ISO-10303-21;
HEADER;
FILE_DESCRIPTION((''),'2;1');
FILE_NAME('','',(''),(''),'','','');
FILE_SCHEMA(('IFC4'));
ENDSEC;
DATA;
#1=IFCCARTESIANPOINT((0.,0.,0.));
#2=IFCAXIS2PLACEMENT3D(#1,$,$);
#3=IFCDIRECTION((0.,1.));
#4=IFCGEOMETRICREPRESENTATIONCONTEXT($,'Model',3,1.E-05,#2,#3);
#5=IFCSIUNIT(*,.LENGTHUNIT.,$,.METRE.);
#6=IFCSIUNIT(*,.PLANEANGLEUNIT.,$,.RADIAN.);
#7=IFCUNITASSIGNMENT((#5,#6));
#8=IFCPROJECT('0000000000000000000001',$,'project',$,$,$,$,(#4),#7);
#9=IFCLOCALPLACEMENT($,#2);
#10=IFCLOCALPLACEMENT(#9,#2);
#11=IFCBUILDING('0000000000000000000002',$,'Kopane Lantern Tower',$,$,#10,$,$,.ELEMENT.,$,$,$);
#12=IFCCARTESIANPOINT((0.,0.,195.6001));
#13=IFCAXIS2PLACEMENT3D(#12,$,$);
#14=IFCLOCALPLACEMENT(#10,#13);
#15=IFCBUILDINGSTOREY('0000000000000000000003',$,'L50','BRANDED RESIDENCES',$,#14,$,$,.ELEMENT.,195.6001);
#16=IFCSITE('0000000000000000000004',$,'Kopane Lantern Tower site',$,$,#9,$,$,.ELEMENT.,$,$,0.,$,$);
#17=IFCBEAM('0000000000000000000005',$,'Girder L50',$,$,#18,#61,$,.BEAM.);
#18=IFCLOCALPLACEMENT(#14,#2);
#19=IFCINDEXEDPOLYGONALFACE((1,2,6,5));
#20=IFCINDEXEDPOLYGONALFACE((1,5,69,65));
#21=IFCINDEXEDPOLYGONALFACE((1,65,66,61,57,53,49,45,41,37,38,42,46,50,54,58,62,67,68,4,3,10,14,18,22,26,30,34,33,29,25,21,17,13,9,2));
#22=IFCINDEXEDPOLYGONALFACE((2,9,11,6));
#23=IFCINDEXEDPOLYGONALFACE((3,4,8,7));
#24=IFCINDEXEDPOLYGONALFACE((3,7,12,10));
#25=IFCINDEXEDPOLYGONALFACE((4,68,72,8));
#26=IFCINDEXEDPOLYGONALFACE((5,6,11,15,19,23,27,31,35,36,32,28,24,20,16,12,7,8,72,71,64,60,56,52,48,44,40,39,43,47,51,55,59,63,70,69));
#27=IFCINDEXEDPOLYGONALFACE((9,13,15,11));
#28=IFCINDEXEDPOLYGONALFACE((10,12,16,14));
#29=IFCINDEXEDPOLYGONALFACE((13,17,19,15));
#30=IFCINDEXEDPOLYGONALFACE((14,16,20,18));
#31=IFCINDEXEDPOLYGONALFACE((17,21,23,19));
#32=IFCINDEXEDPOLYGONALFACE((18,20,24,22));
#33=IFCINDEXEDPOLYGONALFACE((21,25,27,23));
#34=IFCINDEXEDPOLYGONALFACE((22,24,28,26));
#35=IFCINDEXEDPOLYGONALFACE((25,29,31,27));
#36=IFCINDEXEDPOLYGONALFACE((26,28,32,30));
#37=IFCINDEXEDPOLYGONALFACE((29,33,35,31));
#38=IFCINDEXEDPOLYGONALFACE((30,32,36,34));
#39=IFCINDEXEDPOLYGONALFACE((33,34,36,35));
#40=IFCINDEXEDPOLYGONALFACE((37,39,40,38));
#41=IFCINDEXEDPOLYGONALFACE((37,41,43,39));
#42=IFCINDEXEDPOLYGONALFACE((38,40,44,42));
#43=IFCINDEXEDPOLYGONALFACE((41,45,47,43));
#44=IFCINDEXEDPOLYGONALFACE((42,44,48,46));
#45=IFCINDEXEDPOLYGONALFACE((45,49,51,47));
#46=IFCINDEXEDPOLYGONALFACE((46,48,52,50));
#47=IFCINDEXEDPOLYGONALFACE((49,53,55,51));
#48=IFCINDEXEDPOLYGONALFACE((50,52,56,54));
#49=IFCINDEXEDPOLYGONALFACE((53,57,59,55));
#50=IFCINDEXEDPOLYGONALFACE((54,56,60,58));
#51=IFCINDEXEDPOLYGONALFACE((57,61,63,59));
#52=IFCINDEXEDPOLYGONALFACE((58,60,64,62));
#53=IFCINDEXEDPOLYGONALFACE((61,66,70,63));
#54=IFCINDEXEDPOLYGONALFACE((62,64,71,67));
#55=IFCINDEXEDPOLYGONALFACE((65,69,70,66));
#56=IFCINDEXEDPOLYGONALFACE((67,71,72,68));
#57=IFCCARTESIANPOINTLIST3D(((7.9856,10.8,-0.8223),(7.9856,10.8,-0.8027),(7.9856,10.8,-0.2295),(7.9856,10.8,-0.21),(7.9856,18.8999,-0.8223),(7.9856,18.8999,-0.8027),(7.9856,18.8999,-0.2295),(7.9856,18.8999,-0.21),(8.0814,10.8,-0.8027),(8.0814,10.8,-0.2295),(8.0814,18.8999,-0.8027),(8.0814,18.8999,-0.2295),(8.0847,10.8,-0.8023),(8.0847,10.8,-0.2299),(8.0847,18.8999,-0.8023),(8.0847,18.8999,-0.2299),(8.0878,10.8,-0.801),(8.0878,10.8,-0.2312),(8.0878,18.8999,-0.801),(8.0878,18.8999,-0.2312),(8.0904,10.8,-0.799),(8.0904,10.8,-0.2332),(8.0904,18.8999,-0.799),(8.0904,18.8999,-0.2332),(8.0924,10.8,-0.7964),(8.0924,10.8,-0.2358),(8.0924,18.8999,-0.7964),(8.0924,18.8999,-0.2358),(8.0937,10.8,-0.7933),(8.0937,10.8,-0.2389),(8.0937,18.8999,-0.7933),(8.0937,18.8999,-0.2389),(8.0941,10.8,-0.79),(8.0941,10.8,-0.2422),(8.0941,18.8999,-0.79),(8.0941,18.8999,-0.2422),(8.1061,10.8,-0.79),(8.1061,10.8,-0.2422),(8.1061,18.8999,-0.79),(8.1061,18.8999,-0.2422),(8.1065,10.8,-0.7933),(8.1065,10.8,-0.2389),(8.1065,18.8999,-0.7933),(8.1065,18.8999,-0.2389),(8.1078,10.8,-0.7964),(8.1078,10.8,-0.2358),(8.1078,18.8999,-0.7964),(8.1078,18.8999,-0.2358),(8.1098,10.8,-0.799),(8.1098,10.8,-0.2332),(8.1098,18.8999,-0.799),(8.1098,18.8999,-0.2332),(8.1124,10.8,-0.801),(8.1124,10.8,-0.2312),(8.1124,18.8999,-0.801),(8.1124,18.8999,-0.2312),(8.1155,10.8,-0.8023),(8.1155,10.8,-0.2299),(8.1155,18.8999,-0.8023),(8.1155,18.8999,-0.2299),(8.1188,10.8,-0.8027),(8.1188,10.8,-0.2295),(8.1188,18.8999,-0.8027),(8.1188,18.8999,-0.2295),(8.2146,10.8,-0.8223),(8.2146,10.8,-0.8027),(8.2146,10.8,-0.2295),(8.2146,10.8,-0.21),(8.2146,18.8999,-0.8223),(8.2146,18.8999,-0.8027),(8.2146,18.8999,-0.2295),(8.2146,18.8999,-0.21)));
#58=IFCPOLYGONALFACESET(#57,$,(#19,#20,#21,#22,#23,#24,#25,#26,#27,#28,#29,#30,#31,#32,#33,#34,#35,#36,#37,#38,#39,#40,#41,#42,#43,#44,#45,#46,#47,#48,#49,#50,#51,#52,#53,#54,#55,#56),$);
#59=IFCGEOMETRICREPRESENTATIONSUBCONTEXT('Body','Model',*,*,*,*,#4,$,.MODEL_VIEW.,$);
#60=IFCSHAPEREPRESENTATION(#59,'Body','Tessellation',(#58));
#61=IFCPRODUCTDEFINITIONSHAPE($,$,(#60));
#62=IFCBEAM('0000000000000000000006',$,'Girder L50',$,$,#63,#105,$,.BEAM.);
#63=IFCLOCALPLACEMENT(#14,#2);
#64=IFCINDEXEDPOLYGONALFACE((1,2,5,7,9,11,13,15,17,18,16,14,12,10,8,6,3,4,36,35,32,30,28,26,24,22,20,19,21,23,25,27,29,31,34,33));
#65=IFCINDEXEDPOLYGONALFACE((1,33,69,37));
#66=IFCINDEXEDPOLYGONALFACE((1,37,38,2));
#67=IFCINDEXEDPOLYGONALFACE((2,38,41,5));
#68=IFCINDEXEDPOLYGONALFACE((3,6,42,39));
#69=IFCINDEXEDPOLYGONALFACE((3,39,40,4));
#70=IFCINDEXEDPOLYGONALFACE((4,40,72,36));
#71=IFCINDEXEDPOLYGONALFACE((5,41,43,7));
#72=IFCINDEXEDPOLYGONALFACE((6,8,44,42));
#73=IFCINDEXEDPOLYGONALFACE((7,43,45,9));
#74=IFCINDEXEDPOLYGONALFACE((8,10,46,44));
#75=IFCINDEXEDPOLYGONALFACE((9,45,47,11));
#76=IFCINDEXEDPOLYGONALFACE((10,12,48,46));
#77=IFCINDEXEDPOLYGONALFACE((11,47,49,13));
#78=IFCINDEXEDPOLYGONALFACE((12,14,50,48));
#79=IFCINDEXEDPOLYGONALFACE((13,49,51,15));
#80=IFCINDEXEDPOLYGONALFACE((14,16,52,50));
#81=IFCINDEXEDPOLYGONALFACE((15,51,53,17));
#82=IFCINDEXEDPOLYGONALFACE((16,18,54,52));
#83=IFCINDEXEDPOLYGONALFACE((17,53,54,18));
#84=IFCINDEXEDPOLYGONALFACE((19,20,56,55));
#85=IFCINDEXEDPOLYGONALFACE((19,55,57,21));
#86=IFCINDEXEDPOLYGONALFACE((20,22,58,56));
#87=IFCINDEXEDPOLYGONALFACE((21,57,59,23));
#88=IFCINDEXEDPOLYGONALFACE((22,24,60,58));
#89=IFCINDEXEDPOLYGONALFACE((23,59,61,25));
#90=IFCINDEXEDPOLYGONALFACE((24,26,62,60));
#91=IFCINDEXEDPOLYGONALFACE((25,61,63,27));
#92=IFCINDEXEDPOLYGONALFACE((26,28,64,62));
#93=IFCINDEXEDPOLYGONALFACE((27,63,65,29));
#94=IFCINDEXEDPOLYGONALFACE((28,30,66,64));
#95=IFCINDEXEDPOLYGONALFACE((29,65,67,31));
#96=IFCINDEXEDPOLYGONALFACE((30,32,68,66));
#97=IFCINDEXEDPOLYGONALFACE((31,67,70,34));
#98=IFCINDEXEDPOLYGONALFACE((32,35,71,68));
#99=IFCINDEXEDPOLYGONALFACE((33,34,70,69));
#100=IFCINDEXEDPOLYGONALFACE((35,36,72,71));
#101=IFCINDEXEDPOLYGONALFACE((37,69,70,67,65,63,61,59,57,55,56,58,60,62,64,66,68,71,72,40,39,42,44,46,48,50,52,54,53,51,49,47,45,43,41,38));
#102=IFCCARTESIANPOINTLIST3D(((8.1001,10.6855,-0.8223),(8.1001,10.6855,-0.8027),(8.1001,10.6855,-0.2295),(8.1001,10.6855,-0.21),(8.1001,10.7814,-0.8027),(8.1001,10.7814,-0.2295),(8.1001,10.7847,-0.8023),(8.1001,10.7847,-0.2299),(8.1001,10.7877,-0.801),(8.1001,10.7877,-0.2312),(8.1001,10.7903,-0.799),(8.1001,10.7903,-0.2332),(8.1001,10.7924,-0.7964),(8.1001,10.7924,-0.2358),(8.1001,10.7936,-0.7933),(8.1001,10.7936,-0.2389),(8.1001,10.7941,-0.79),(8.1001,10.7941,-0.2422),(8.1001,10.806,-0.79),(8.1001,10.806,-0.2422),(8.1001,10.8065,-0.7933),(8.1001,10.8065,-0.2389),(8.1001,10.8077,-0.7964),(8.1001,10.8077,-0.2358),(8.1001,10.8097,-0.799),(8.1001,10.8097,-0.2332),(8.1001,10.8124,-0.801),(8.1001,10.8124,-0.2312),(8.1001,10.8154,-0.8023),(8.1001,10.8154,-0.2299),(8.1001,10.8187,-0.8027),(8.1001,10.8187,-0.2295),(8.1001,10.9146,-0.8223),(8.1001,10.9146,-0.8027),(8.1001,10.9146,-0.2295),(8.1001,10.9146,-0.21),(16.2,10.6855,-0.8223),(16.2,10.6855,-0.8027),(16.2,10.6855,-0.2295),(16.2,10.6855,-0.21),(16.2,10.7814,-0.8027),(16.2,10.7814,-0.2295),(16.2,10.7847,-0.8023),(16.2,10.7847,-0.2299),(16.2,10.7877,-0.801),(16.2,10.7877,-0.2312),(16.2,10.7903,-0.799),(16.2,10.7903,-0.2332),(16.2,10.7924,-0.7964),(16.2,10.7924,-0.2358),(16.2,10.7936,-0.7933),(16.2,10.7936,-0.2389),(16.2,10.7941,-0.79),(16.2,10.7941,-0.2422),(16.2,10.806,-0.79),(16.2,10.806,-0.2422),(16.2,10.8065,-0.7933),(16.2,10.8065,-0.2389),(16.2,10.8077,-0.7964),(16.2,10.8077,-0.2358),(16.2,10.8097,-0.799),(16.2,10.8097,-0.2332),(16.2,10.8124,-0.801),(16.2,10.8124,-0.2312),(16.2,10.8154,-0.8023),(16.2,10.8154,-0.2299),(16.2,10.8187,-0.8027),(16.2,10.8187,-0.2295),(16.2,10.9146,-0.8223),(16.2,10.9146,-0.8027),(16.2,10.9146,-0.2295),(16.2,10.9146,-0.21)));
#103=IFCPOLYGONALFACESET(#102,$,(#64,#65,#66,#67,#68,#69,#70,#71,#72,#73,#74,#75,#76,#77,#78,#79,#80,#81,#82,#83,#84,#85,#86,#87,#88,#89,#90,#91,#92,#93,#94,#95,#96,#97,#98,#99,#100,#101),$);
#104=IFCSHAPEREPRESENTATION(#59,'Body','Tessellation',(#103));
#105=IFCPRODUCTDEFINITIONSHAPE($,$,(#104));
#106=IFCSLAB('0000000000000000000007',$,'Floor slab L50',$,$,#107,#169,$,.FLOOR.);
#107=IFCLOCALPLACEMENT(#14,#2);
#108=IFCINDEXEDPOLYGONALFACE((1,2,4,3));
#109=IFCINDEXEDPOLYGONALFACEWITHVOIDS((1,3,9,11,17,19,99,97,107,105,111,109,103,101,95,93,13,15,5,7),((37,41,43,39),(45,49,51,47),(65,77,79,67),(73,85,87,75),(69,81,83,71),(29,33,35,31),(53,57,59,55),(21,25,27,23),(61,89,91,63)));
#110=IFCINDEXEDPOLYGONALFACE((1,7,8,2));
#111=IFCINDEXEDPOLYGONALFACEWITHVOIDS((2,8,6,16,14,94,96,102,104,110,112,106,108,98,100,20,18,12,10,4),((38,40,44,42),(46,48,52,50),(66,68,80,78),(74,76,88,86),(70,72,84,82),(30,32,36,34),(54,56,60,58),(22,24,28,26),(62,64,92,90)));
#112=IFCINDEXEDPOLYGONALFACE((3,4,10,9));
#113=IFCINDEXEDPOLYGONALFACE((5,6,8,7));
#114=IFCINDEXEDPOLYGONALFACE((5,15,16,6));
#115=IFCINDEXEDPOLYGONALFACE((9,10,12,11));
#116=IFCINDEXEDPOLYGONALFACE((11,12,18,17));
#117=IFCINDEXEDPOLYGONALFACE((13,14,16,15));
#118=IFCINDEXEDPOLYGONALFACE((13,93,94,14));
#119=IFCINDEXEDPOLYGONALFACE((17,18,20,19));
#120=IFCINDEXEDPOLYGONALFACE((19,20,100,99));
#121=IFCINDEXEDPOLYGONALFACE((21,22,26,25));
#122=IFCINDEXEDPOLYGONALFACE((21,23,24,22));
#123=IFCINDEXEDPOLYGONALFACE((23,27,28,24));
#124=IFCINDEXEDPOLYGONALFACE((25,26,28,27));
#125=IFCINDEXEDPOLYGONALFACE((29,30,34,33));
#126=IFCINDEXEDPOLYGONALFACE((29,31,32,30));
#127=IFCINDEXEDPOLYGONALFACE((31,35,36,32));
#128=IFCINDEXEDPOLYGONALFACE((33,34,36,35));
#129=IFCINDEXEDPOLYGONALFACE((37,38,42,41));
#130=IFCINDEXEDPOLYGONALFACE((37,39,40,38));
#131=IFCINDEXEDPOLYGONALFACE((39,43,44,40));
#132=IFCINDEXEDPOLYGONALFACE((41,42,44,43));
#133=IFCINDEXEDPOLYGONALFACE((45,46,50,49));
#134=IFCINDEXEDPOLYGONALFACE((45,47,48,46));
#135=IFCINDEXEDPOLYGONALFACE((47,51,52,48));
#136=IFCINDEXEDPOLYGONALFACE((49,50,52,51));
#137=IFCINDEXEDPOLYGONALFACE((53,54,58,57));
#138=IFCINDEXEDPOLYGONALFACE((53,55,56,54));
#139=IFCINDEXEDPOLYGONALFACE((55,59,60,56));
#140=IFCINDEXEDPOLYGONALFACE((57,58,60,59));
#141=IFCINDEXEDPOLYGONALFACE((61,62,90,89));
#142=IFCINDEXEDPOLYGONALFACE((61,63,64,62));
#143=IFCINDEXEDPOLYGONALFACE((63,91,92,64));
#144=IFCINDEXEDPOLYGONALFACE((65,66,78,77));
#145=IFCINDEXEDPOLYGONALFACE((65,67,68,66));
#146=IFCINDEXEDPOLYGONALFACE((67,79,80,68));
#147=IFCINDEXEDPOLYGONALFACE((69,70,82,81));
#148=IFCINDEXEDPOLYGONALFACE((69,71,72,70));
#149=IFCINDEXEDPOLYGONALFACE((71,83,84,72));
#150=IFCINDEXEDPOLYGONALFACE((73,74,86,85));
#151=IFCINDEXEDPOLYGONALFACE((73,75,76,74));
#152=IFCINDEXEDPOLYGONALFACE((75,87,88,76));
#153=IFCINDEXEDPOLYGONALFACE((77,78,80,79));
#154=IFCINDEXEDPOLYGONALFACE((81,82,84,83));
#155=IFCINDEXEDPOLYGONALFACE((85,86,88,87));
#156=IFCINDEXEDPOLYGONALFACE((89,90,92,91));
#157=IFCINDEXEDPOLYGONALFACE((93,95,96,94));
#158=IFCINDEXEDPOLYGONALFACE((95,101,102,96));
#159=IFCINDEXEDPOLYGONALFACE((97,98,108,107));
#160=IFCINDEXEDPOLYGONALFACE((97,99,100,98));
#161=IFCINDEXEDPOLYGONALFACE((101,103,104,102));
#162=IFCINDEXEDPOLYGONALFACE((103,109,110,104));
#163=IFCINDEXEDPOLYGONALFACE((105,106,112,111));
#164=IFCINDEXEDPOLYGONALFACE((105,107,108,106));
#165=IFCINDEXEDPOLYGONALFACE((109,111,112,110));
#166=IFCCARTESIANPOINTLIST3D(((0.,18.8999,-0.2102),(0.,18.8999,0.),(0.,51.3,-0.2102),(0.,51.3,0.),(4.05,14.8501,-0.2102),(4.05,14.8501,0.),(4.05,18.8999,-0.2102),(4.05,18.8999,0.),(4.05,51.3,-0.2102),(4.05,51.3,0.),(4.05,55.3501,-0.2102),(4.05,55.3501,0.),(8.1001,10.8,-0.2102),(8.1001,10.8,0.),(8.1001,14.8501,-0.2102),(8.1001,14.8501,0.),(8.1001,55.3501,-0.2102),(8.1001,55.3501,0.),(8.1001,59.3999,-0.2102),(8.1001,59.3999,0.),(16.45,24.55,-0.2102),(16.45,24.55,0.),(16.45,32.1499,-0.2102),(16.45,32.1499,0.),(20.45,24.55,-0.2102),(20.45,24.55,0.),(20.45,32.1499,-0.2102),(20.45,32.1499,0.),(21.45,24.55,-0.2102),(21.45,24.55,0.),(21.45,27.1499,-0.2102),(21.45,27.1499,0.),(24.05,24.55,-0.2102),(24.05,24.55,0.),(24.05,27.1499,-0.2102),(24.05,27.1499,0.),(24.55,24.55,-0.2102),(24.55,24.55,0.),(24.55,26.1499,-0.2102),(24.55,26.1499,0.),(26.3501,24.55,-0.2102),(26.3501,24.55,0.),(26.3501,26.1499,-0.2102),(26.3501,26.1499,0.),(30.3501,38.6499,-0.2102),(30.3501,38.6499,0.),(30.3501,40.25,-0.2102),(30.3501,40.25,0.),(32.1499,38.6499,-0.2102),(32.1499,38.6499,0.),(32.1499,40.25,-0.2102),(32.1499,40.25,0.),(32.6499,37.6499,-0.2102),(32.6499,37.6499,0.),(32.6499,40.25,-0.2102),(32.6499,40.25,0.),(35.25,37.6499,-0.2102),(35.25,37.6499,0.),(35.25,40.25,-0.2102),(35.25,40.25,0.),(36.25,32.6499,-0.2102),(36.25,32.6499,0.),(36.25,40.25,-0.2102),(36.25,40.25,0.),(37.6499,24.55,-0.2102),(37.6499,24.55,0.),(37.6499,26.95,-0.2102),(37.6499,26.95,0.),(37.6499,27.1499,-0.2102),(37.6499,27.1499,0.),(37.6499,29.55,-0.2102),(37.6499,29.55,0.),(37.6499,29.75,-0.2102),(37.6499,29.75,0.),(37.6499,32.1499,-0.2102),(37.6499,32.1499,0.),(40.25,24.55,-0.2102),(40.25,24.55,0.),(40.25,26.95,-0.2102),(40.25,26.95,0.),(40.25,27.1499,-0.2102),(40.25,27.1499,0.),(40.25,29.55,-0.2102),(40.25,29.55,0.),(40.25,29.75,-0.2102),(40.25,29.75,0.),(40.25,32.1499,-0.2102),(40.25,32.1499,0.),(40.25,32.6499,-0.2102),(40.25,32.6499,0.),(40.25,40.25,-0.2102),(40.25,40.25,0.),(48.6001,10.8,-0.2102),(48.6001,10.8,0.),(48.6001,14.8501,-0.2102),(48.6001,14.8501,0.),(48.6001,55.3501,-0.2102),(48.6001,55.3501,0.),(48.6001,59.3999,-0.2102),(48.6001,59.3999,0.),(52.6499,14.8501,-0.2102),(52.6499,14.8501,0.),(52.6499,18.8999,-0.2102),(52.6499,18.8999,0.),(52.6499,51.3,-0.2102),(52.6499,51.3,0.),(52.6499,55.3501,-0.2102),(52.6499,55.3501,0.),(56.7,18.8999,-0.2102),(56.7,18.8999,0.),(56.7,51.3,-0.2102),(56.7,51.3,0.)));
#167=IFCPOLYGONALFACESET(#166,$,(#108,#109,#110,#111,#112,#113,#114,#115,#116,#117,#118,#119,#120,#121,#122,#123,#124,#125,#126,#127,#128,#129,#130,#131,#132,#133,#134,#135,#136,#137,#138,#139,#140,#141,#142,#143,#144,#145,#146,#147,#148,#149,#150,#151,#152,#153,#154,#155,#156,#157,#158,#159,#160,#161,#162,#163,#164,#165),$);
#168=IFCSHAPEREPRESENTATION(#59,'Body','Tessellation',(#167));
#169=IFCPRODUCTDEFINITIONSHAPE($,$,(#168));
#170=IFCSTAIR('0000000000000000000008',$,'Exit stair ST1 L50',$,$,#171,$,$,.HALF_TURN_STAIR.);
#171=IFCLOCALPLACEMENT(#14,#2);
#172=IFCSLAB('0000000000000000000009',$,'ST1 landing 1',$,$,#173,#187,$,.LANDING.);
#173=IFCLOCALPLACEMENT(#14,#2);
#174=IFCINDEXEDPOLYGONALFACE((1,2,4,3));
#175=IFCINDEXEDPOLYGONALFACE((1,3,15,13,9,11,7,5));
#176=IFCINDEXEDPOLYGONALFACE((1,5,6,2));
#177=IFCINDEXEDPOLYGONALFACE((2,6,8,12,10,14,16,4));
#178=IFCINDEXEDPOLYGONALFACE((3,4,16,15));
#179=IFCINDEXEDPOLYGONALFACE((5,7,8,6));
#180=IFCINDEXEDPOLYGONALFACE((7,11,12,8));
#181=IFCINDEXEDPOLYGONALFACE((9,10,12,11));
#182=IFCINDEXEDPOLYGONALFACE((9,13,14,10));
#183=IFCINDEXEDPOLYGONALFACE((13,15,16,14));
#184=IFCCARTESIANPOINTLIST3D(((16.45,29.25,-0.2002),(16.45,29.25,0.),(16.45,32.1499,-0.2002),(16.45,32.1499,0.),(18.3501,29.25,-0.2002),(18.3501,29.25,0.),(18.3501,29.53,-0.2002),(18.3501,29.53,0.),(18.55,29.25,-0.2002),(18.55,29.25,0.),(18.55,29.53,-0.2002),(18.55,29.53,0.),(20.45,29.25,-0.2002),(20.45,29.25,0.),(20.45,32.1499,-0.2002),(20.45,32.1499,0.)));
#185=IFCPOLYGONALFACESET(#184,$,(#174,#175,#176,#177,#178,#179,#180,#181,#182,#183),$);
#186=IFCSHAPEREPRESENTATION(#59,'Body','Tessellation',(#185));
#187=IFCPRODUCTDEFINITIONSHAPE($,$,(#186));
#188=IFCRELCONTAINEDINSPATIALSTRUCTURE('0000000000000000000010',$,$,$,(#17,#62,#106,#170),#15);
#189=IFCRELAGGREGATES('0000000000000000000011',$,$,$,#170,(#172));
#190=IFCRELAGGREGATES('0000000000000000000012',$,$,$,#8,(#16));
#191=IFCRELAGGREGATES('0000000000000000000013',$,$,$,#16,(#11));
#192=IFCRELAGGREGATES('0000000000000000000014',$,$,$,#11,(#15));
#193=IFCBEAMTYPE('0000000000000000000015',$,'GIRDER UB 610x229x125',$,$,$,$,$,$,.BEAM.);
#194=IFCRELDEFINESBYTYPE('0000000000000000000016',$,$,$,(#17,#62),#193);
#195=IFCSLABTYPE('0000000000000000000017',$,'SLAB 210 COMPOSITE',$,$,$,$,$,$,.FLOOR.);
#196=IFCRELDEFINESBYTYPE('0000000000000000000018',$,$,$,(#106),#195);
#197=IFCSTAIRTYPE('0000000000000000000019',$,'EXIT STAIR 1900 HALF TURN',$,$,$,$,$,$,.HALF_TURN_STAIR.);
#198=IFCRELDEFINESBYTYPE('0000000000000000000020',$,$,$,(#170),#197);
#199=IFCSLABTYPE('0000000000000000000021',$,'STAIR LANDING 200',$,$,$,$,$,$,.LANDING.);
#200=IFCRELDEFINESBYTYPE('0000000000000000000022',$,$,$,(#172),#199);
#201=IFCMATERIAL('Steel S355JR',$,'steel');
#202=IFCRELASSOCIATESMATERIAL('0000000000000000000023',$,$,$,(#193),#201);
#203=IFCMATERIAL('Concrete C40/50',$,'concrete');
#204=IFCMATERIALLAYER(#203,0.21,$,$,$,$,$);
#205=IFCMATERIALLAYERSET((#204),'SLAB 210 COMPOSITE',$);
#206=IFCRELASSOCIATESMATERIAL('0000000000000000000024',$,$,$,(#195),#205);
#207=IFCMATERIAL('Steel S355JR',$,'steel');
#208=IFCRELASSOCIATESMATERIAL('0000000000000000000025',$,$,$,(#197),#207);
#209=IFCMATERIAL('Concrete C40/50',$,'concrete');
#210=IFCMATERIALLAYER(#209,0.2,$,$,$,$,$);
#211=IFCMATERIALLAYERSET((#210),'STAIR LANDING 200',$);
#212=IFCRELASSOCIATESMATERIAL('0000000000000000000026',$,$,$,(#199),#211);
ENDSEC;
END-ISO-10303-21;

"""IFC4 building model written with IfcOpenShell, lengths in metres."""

from ifc_helpers import new_model, si_unit, direction, frame, origin, origin_2d, place, context, subcontext, project, spatial, polyline, i_section, outline, extrude, material, layer, layer_set, material_profile, profile_set, type_object, element, aggregate, save


model = new_model("IFC4")

# Units and contexts
model_context = context("Model", 3, precision=1e-05, world=origin(), true_north=direction((0.0, 1.0)))
body_context = subcontext(model_context, "Body", "Model", "MODEL_VIEW")
ifc_project = project(units=[si_unit("LENGTHUNIT", "METRE"), si_unit("PLANEANGLEUNIT", "RADIAN")], contexts=[model_context])

# Site, building, storey
site_placement = place(None, origin())
site = spatial("IfcSite", under=ifc_project, at=site_placement, Name="Kopane Lantern Tower site", CompositionType="ELEMENT", RefElevation=0.0)
building_placement = place(site_placement, origin())
building = spatial("IfcBuilding", under=site, at=building_placement, Name="Kopane Lantern Tower", CompositionType="ELEMENT")
storey_placement = place(building_placement, frame((0.0, 0.0, 195.6001)))
storey = spatial("IfcBuildingStorey", under=building, at=storey_placement, Name="L50", Description="BRANDED RESIDENCES", CompositionType="ELEMENT", Elevation=195.6001)

# Beams
ifc_material_1 = material(Name="Steel S355JR", Category="steel")
ifc_material_profile_1 = material_profile(ifc_material_1, i_section(OverallWidth=0.229, OverallDepth=0.6123, WebThickness=0.012, FlangeThickness=0.0195, FilletRadius=0.0127, at=origin_2d()), Name="UB 610x229x125")
ifc_profile_set_1 = profile_set([ifc_material_profile_1], Name="Steel S355JR")
beam_type_1 = type_object("IfcBeamType", Name="GIRDER UB 610x229x125", PredefinedType="BEAM", material=ifc_profile_set_1)
for number, where, z_axis, x_axis, name in (
    (1, (8.1001, 10.8, -0.5161), (0.0, 1.0, 0.0), (-1.0, 0.0, 0.0), "Girder L50"),
    (2, (8.1001, 10.8, -0.5161), (1.0, 0.0, 0.0), (0.0, 1.0, 0.0), "Girder L50"),
):
    element("IfcBeam", number, at=place(storey_placement, frame(where, z_axis=z_axis, x_axis=x_axis)), inside=storey, type_object=beam_type_1, Name=name, PredefinedType="BEAM", context=body_context, shape_type="SweptSolid", body=[
        extrude(i_section(OverallWidth=0.229, OverallDepth=0.6123, WebThickness=0.012, FlangeThickness=0.0195, FilletRadius=0.0127, at=origin_2d()), origin(), (0.0, 0.0, 1.0), 8.0999),
    ])

# Slab
ifc_material_2 = material(Name="Concrete C40/50", Category="concrete")
ifc_layer_1 = layer(ifc_material_2, 0.21)
ifc_layer_set_1 = layer_set([ifc_layer_1], Name="SLAB 210 COMPOSITE")
slab_type_1 = type_object("IfcSlabType", Name="SLAB 210 COMPOSITE", PredefinedType="FLOOR", material=ifc_layer_set_1)
slab_1_placement = place(storey_placement, frame((0.0, 0.0, -0.2102)))
element("IfcSlab", 3, at=slab_1_placement, inside=storey, type_object=slab_type_1, Name="Floor slab L50", PredefinedType="FLOOR", context=body_context, shape_type="SweptSolid", body=[
    extrude(outline(polyline([(8.1001, 10.8), (48.6001, 10.8), (48.6001, 14.8501), (52.6499, 14.8501), (52.6499, 18.8999), (56.7, 18.8999), (56.7, 51.3), (52.6499, 51.3), (52.6499, 55.3501), (48.6001, 55.3501), (48.6001, 59.3999), (8.1001, 59.3999), (8.1001, 55.3501), (4.05, 55.3501), (4.05, 51.3), (0.0, 51.3), (0.0, 18.8999), (4.05, 18.8999), (4.05, 14.8501), (8.1001, 14.8501), (8.1001, 10.8)]), holes=[polyline([(16.45, 24.55), (20.45, 24.55), (20.45, 32.1499), (16.45, 32.1499), (16.45, 24.55)]), polyline([(36.25, 32.6499), (40.25, 32.6499), (40.25, 40.25), (36.25, 40.25), (36.25, 32.6499)]), polyline([(37.6499, 24.55), (40.25, 24.55), (40.25, 26.95), (37.6499, 26.95), (37.6499, 24.55)]), polyline([(37.6499, 27.1499), (40.25, 27.1499), (40.25, 29.55), (37.6499, 29.55), (37.6499, 27.1499)]), polyline([(37.6499, 29.75), (40.25, 29.75), (40.25, 32.1499), (37.6499, 32.1499), (37.6499, 29.75)]), polyline([(21.45, 24.55), (24.05, 24.55), (24.05, 27.1499), (21.45, 27.1499), (21.45, 24.55)]), polyline([(32.6499, 37.6499), (35.25, 37.6499), (35.25, 40.25), (32.6499, 40.25), (32.6499, 37.6499)]), polyline([(24.55, 24.55), (26.3501, 24.55), (26.3501, 26.1499), (24.55, 26.1499), (24.55, 24.55)]), polyline([(30.3501, 38.6499), (32.1499, 38.6499), (32.1499, 40.25), (30.3501, 40.25), (30.3501, 38.6499)])]), origin(), (0.0, 0.0, 1.0), 0.2102),
])

# Stair, slab
ifc_material_3 = material(Name="Steel S355JR", Category="steel")
stair_type = type_object("IfcStairType", Name="EXIT STAIR 1900 HALF TURN", PredefinedType="HALF_TURN_STAIR", material=ifc_material_3)
stair_1_placement = place(storey_placement, origin())
stair_1 = element("IfcStair", 4, at=stair_1_placement, inside=storey, type_object=stair_type, Name="Exit stair ST1 L50", PredefinedType="HALF_TURN_STAIR")
ifc_material_4 = material(Name="Concrete C40/50", Category="concrete")
ifc_layer_2 = layer(ifc_material_4, 0.2)
ifc_layer_set_2 = layer_set([ifc_layer_2], Name="STAIR LANDING 200")
slab_type_2 = type_object("IfcSlabType", Name="STAIR LANDING 200", PredefinedType="LANDING", material=ifc_layer_set_2)
slab_2_placement = place(storey_placement, frame((0.0, 0.0, -0.2002)))
slab_2 = element("IfcSlab", 5, at=slab_2_placement, type_object=slab_type_2, Name="ST1 landing 1", PredefinedType="LANDING", context=body_context, shape_type="SweptSolid", body=[
    extrude(outline(polyline([(18.3501, 29.53), (18.55, 29.53), (18.55, 29.25), (20.45, 29.25), (20.45, 32.1499), (16.45, 32.1499), (16.45, 29.25), (18.3501, 29.25), (18.3501, 29.53)])), origin(), (0.0, 0.0, 1.0), 0.2002),
])
aggregate(stair_1, [slab_2])

save(model, "model.ifc")
